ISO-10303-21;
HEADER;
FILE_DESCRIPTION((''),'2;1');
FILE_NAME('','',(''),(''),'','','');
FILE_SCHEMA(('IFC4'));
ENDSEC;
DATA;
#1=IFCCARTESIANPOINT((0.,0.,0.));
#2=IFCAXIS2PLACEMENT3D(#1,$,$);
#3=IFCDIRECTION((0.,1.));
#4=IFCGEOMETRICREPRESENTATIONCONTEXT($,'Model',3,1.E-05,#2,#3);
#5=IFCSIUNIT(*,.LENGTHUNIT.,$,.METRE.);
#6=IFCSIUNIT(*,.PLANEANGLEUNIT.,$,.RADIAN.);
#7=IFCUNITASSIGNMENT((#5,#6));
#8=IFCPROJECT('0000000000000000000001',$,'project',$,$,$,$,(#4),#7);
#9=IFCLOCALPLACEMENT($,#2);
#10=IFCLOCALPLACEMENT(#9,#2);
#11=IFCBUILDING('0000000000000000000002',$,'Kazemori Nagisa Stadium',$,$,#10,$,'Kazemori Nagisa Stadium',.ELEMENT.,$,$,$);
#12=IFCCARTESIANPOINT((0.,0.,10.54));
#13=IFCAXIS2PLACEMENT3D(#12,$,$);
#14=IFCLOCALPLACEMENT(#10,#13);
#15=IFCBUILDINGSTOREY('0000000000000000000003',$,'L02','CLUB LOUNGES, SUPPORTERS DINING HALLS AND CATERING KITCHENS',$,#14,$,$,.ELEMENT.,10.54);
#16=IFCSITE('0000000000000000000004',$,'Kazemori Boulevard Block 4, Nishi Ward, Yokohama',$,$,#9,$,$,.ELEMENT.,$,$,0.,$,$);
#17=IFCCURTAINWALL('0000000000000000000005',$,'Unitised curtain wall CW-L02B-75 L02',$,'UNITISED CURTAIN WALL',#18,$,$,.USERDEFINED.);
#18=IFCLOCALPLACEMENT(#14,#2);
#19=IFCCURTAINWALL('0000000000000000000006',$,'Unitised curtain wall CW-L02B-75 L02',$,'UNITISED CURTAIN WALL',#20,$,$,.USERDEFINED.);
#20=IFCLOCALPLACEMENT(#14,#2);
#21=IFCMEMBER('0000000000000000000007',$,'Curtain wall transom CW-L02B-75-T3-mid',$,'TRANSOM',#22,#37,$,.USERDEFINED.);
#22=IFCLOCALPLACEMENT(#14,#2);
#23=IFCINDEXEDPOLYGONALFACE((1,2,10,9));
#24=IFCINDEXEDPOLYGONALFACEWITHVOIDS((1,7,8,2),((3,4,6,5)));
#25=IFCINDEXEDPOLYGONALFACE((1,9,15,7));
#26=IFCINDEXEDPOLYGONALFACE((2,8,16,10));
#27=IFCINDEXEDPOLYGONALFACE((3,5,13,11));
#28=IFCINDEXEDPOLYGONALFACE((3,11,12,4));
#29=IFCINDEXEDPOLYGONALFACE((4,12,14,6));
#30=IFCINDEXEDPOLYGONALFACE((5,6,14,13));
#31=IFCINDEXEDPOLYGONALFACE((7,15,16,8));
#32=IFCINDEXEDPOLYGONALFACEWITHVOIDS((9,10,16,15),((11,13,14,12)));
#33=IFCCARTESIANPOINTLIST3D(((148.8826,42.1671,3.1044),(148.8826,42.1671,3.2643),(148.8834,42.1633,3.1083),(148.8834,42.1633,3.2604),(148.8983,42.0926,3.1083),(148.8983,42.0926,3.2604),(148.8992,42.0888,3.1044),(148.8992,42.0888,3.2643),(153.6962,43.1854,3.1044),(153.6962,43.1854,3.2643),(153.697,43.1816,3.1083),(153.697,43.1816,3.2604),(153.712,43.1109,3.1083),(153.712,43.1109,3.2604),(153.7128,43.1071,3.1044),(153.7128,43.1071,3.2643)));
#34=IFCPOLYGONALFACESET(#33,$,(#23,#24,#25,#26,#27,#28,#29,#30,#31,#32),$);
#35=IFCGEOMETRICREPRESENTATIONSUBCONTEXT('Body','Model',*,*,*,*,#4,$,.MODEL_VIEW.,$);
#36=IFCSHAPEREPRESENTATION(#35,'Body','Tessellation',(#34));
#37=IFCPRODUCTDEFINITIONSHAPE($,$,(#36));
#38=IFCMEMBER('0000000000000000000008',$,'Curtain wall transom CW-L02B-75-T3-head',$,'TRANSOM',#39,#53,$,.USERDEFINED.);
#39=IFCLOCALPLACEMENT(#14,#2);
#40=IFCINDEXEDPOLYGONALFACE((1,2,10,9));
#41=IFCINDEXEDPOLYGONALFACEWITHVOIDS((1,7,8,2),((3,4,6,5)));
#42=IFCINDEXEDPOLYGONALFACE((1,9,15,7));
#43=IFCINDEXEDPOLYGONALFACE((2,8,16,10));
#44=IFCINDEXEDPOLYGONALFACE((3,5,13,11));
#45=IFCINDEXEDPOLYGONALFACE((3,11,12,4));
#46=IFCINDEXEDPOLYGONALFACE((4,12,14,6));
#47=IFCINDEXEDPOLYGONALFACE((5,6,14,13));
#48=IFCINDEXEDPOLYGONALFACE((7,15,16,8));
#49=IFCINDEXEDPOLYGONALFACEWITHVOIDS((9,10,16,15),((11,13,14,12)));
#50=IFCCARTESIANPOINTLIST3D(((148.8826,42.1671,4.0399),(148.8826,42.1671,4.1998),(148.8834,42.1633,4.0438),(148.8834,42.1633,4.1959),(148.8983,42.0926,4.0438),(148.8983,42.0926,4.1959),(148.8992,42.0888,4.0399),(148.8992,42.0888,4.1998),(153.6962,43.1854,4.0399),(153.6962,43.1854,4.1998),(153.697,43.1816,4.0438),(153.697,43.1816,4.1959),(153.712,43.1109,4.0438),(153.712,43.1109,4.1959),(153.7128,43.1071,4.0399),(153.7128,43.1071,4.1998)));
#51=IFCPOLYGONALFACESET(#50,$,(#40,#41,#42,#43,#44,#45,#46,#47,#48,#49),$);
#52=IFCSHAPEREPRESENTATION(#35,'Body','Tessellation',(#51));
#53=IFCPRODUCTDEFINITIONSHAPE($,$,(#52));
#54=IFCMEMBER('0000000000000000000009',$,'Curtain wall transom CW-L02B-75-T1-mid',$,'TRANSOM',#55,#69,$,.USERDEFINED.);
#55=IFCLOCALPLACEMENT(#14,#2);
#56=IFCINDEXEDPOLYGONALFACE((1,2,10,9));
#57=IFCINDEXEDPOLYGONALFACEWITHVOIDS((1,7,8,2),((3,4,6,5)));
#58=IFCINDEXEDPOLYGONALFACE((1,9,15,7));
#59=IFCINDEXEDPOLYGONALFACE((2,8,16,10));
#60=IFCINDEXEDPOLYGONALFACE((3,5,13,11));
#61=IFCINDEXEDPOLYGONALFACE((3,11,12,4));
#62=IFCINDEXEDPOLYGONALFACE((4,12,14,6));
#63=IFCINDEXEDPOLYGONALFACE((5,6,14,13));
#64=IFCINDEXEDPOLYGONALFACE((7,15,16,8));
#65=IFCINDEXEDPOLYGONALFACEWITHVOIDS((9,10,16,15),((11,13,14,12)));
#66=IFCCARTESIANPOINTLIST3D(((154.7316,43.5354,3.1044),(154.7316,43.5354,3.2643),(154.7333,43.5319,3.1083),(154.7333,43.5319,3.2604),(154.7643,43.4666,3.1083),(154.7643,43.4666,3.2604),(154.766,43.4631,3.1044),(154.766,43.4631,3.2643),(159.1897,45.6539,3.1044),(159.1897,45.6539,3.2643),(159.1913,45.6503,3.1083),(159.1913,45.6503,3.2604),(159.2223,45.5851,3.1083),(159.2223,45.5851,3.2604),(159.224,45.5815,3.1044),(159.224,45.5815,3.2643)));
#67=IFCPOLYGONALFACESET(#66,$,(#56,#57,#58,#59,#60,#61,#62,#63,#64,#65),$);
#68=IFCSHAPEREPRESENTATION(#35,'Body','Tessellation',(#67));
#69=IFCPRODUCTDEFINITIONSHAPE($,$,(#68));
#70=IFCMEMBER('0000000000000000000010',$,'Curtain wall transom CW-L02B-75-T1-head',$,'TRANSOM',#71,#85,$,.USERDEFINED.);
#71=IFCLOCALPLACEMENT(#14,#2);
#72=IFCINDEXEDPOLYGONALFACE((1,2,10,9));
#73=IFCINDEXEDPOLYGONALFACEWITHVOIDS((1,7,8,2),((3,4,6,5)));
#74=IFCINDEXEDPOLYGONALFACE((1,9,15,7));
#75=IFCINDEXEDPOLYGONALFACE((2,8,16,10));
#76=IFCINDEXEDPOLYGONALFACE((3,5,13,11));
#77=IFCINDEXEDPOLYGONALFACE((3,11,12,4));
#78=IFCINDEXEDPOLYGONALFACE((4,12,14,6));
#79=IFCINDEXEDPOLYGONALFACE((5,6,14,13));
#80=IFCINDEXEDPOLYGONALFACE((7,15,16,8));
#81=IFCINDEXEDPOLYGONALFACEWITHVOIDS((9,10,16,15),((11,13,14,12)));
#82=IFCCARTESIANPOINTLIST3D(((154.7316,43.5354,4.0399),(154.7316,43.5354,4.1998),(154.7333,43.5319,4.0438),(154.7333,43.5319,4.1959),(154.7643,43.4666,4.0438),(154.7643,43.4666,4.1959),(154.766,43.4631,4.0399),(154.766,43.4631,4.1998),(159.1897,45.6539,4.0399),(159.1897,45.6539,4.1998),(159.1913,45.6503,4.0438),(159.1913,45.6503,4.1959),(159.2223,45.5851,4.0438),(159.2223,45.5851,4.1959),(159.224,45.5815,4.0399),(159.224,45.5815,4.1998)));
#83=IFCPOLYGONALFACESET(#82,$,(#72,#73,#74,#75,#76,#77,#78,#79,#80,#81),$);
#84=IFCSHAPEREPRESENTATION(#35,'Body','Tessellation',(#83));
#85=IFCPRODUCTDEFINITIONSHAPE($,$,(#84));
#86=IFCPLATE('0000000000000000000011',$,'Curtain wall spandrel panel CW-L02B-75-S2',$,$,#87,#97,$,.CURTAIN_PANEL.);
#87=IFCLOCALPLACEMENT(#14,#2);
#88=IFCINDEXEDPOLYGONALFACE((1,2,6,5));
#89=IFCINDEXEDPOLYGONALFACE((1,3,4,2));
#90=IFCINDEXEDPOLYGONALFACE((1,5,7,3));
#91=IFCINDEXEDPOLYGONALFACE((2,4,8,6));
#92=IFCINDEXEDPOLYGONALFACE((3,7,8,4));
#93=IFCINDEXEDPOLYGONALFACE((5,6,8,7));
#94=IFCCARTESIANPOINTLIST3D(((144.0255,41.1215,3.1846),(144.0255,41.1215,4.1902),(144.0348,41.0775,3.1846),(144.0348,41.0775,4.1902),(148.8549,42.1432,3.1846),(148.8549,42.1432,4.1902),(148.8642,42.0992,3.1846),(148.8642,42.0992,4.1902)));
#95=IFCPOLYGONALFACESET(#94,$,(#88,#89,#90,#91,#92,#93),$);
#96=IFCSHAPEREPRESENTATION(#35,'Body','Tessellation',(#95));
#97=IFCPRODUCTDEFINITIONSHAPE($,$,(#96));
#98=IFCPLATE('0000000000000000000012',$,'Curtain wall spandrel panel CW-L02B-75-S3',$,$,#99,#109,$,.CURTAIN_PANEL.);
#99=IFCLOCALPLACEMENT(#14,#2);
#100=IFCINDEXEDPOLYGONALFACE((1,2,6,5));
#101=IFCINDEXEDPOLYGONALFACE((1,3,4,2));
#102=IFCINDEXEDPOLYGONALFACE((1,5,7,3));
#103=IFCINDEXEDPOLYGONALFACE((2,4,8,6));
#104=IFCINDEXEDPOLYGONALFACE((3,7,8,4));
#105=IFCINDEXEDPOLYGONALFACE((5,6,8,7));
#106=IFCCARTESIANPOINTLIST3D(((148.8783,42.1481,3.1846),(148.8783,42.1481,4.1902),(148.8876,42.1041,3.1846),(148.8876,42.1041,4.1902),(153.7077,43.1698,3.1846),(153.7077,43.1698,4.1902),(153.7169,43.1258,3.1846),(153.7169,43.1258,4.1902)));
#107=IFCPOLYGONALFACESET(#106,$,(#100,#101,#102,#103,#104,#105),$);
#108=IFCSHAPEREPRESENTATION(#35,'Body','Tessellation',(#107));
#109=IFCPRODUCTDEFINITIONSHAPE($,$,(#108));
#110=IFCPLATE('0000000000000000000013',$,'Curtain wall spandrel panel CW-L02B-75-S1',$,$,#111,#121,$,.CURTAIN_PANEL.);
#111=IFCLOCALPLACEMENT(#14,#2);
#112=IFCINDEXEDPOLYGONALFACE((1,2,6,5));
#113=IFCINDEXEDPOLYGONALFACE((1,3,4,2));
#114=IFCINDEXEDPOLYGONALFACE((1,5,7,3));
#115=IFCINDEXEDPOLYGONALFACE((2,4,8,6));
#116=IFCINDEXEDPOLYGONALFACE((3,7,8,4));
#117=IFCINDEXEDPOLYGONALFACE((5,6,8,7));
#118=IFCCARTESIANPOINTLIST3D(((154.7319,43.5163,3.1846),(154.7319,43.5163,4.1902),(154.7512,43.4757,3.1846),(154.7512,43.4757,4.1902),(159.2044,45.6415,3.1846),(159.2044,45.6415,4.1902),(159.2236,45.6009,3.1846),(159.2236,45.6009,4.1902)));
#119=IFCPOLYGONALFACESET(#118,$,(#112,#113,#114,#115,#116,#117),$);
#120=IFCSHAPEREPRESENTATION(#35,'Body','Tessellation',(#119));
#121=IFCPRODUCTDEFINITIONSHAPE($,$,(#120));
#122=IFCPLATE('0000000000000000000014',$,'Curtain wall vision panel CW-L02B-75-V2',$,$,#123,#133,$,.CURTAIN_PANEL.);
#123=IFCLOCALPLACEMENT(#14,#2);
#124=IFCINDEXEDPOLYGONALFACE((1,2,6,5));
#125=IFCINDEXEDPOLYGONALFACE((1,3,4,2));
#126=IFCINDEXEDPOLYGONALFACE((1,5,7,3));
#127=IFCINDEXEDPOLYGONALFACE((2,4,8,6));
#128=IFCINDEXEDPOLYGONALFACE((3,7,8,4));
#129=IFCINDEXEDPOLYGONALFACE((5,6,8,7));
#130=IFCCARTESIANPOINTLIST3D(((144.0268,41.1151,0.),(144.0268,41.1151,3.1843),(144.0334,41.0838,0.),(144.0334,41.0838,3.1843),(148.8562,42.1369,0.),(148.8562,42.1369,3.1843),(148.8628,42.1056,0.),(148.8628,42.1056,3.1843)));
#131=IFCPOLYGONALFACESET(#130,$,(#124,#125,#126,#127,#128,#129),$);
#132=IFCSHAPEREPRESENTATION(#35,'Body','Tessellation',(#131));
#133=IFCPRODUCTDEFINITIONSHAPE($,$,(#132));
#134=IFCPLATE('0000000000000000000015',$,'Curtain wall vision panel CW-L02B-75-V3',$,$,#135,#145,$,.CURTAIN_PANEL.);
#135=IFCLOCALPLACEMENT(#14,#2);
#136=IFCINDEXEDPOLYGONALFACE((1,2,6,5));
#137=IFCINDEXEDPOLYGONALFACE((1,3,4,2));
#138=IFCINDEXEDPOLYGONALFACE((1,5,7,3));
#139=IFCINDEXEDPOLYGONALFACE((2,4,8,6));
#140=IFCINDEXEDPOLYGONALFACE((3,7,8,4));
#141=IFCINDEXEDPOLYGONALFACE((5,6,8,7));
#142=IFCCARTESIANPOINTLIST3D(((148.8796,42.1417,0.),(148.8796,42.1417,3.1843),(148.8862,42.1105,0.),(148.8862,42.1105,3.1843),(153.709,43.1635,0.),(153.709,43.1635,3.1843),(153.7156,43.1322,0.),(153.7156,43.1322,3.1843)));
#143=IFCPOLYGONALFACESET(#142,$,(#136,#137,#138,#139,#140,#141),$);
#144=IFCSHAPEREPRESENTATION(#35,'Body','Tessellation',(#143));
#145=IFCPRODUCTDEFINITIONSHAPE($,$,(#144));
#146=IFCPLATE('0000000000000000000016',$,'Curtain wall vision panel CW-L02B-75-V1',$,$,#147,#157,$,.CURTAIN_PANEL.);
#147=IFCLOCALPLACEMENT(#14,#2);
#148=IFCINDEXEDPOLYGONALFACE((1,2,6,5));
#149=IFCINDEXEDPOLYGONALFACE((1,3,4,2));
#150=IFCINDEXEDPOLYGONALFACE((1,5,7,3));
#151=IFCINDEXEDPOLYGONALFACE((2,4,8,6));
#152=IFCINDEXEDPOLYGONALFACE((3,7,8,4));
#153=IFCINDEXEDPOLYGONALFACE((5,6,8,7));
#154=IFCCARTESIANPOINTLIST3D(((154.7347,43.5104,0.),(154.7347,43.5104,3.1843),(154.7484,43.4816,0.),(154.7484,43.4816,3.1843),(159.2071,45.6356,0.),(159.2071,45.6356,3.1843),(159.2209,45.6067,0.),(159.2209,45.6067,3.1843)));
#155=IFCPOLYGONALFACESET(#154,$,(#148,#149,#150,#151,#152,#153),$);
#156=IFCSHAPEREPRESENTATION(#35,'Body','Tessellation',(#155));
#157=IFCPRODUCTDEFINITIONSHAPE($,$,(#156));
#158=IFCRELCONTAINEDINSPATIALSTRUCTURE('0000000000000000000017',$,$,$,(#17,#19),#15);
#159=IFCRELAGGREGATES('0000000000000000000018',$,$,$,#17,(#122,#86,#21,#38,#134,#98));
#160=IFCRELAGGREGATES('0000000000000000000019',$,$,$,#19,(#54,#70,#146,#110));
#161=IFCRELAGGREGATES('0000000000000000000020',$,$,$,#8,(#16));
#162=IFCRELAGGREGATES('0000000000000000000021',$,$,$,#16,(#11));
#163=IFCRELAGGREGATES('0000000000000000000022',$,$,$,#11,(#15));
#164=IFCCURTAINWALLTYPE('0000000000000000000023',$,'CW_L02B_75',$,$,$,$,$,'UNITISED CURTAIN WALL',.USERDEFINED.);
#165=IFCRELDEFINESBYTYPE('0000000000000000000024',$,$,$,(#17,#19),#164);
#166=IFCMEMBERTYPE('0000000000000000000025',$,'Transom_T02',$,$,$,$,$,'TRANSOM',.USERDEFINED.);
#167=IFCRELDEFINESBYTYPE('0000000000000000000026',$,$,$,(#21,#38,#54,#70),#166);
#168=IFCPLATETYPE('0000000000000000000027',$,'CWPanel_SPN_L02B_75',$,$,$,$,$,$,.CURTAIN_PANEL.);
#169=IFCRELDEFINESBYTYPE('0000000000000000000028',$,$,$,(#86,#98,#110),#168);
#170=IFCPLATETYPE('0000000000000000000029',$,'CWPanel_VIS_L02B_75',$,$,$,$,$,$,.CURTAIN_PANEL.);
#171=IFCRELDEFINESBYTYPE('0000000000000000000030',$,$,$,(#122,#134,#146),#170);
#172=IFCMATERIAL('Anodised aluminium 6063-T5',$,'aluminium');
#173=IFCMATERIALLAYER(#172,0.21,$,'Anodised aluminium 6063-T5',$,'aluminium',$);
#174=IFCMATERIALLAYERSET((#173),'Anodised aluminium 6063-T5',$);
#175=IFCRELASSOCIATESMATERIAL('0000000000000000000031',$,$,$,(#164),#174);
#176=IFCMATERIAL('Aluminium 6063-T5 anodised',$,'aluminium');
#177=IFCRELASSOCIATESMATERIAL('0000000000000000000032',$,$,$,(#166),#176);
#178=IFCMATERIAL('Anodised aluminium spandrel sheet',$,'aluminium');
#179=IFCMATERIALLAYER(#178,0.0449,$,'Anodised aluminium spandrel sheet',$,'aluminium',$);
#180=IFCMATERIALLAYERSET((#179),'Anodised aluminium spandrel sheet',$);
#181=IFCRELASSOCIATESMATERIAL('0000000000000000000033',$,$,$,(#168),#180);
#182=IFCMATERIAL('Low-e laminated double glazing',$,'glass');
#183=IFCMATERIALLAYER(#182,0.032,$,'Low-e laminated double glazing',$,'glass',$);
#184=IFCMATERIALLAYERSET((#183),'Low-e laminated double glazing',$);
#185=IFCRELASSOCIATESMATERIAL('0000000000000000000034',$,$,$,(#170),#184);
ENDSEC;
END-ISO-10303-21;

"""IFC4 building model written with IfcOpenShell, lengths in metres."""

from ifc_helpers import new_model, si_unit, direction, frame, origin, origin_2d, place, context, subcontext, project, spatial, rectangle, hollow_rectangle, extrude, material, layer, layer_set, material_profile, profile_set, type_object, element, aggregate, save


model = new_model("IFC4")

# Units and contexts
model_context = context("Model", 3, precision=1e-05, world=origin(), true_north=direction((0.0, 1.0)))
body_context = subcontext(model_context, "Body", "Model", "MODEL_VIEW")
ifc_project = project(units=[si_unit("LENGTHUNIT", "METRE"), si_unit("PLANEANGLEUNIT", "RADIAN")], contexts=[model_context])

# Site, building, storey
site_placement = place(None, origin())
site = spatial("IfcSite", under=ifc_project, at=site_placement, Name="Kazemori Boulevard Block 4, Nishi Ward, Yokohama", CompositionType="ELEMENT", RefElevation=0.0)
building_placement = place(site_placement, origin())
building = spatial("IfcBuilding", under=site, at=building_placement, Name="Kazemori Nagisa Stadium", LongName="Kazemori Nagisa Stadium", CompositionType="ELEMENT")
storey_placement = place(building_placement, frame((0.0, 0.0, 10.54)))
storey = spatial("IfcBuildingStorey", under=building, at=storey_placement, Name="L02", Description="CLUB LOUNGES, SUPPORTERS DINING HALLS AND CATERING KITCHENS", CompositionType="ELEMENT", Elevation=10.54)

# Curtain walls
ifc_material_1 = material(Name="Anodised aluminium 6063-T5", Category="aluminium")
ifc_layer_1 = layer(ifc_material_1, 0.21, Name="Anodised aluminium 6063-T5", Category="aluminium")
ifc_layer_set_1 = layer_set([ifc_layer_1], Name="Anodised aluminium 6063-T5")
curtain_wall_type = type_object("IfcCurtainWallType", Name="CW_L02B_75", ElementType="UNITISED CURTAIN WALL", PredefinedType="USERDEFINED", material=ifc_layer_set_1)
curtain_wall_1_placement = place(storey_placement, origin())
curtain_wall_1 = element("IfcCurtainWall", 1, at=curtain_wall_1_placement, inside=storey, type_object=curtain_wall_type, Name="Unitised curtain wall CW-L02B-75 L02", ObjectType="UNITISED CURTAIN WALL", PredefinedType="USERDEFINED")
ifc_material_2 = material(Name="Aluminium 6063-T5 anodised", Category="aluminium")
curtain_wall_2_placement = place(storey_placement, origin())
curtain_wall_2 = element("IfcCurtainWall", 2, at=curtain_wall_2_placement, inside=storey, type_object=curtain_wall_type, Name="Unitised curtain wall CW-L02B-75 L02", ObjectType="UNITISED CURTAIN WALL", PredefinedType="USERDEFINED")

# Members
ifc_material_profile_1 = material_profile(ifc_material_2, hollow_rectangle(XDim=0.0801, YDim=0.1599, WallThickness=0.0039, at=origin_2d()), Name="ALU-TRAN-80x160x4")
ifc_profile_set_1 = profile_set([ifc_material_profile_1], Name="Aluminium 6063-T5 anodised")
member_type_1 = type_object("IfcMemberType", Name="Transom_T02", ElementType="TRANSOM", PredefinedType="USERDEFINED", material=ifc_profile_set_1)
member_1_placement = place(storey_placement, frame((148.8909, 42.1279, 3.1843), z_axis=(0.978349, 0.206963, 0.0), x_axis=(-0.206963, 0.978349, 0.0)))
member_1 = element("IfcMember", 3, at=member_1_placement, type_object=member_type_1, Name="Curtain wall transom CW-L02B-75-T3-mid", ObjectType="TRANSOM", PredefinedType="USERDEFINED", context=body_context, shape_type="SweptSolid", body=[
    extrude(hollow_rectangle(XDim=0.0801, YDim=0.1599, WallThickness=0.0039, at=origin_2d()), origin(), (0.0, 0.0, 1.0), 4.9202),
])
member_2_placement = place(storey_placement, frame((148.8909, 42.1279, 4.1199), z_axis=(0.978349, 0.206963, 0.0), x_axis=(-0.206963, 0.978349, 0.0)))
member_2 = element("IfcMember", 4, at=member_2_placement, type_object=member_type_1, Name="Curtain wall transom CW-L02B-75-T3-head", ObjectType="TRANSOM", PredefinedType="USERDEFINED", context=body_context, shape_type="SweptSolid", body=[
    extrude(hollow_rectangle(XDim=0.0801, YDim=0.1599, WallThickness=0.0039, at=origin_2d()), origin(), (0.0, 0.0, 1.0), 4.9202),
])
member_3_placement = place(storey_placement, frame((154.7488, 43.4993, 3.1843), z_axis=(0.90321, 0.429198, 0.0), x_axis=(-0.429198, 0.90321, 0.0)))
member_3 = element("IfcMember", 5, at=member_3_placement, type_object=member_type_1, Name="Curtain wall transom CW-L02B-75-T1-mid", ObjectType="TRANSOM", PredefinedType="USERDEFINED", context=body_context, shape_type="SweptSolid", body=[
    extrude(hollow_rectangle(XDim=0.0801, YDim=0.1599, WallThickness=0.0039, at=origin_2d()), origin(), (0.0, 0.0, 1.0), 4.9358),
])
member_4_placement = place(storey_placement, frame((154.7488, 43.4993, 4.1199), z_axis=(0.90321, 0.429198, 0.0), x_axis=(-0.429198, 0.90321, 0.0)))
member_4 = element("IfcMember", 6, at=member_4_placement, type_object=member_type_1, Name="Curtain wall transom CW-L02B-75-T1-head", ObjectType="TRANSOM", PredefinedType="USERDEFINED", context=body_context, shape_type="SweptSolid", body=[
    extrude(hollow_rectangle(XDim=0.0801, YDim=0.1599, WallThickness=0.0039, at=origin_2d()), origin(), (0.0, 0.0, 1.0), 4.9358),
])

# Plates
ifc_material_3 = material(Name="Anodised aluminium spandrel sheet", Category="aluminium")
ifc_layer_2 = layer(ifc_material_3, 0.0449, Name="Anodised aluminium spandrel sheet", Category="aluminium")
ifc_layer_set_2 = layer_set([ifc_layer_2], Name="Anodised aluminium spandrel sheet")
plate_type_1 = type_object("IfcPlateType", Name="CWPanel_SPN_L02B_75", PredefinedType="CURTAIN_PANEL", material=ifc_layer_set_2)
plate_1_placement = place(storey_placement, frame((146.4448, 41.6104, 3.1846), z_axis=(0.0, 0.0, 1.0), x_axis=(0.978345, 0.206981, 0.0)))
plate_1 = element("IfcPlate", 7, at=plate_1_placement, type_object=plate_type_1, Name="Curtain wall spandrel panel CW-L02B-75-S2", PredefinedType="CURTAIN_PANEL", context=body_context, shape_type="SweptSolid", body=[
    extrude(rectangle(XDim=4.9363, YDim=0.0449, at=origin_2d()), origin(), (0.0, 0.0, 1.0), 1.0056),
])
plate_2_placement = place(storey_placement, frame((151.2976, 42.637, 3.1846), z_axis=(0.0, 0.0, 1.0), x_axis=(0.978345, 0.206981, 0.0)))
plate_2 = element("IfcPlate", 8, at=plate_2_placement, type_object=plate_type_1, Name="Curtain wall spandrel panel CW-L02B-75-S3", PredefinedType="CURTAIN_PANEL", context=body_context, shape_type="SweptSolid", body=[
    extrude(rectangle(XDim=4.9363, YDim=0.0449, at=origin_2d()), origin(), (0.0, 0.0, 1.0), 1.0056),
])
plate_3_placement = place(storey_placement, frame((156.9778, 44.5586, 3.1846), z_axis=(0.0, 0.0, 1.0), x_axis=(0.903216, 0.429186, 0.0)))
plate_3 = element("IfcPlate", 9, at=plate_3_placement, type_object=plate_type_1, Name="Curtain wall spandrel panel CW-L02B-75-S1", PredefinedType="CURTAIN_PANEL", context=body_context, shape_type="SweptSolid", body=[
    extrude(rectangle(XDim=4.9517, YDim=0.0449, at=origin_2d()), origin(), (0.0, 0.0, 1.0), 1.0056),
])
ifc_material_4 = material(Name="Low-e laminated double glazing", Category="glass")
ifc_layer_3 = layer(ifc_material_4, 0.032, Name="Low-e laminated double glazing", Category="glass")
ifc_layer_set_3 = layer_set([ifc_layer_3], Name="Low-e laminated double glazing")
plate_type_2 = type_object("IfcPlateType", Name="CWPanel_VIS_L02B_75", PredefinedType="CURTAIN_PANEL", material=ifc_layer_set_3)
plate_4_placement = place(storey_placement, frame((146.4448, 41.6104, 0.0), z_axis=(0.0, 0.0, 1.0), x_axis=(0.978345, 0.206981, 0.0)))
plate_4 = element("IfcPlate", 10, at=plate_4_placement, type_object=plate_type_2, Name="Curtain wall vision panel CW-L02B-75-V2", PredefinedType="CURTAIN_PANEL", context=body_context, shape_type="SweptSolid", body=[
    extrude(rectangle(XDim=4.9363, YDim=0.032, at=origin_2d()), origin(), (0.0, 0.0, 1.0), 3.1843),
])
plate_5_placement = place(storey_placement, frame((151.2976, 42.637, 0.0), z_axis=(0.0, 0.0, 1.0), x_axis=(0.978345, 0.206981, 0.0)))
plate_5 = element("IfcPlate", 11, at=plate_5_placement, type_object=plate_type_2, Name="Curtain wall vision panel CW-L02B-75-V3", PredefinedType="CURTAIN_PANEL", context=body_context, shape_type="SweptSolid", body=[
    extrude(rectangle(XDim=4.9363, YDim=0.032, at=origin_2d()), origin(), (0.0, 0.0, 1.0), 3.1843),
])
aggregate(curtain_wall_1, [plate_4, plate_1, member_1, member_2, plate_5, plate_2])
plate_6_placement = place(storey_placement, frame((156.9778, 44.5586, 0.0), z_axis=(0.0, 0.0, 1.0), x_axis=(0.903216, 0.429186, 0.0)))
plate_6 = element("IfcPlate", 12, at=plate_6_placement, type_object=plate_type_2, Name="Curtain wall vision panel CW-L02B-75-V1", PredefinedType="CURTAIN_PANEL", context=body_context, shape_type="SweptSolid", body=[
    extrude(rectangle(XDim=4.9517, YDim=0.032, at=origin_2d()), origin(), (0.0, 0.0, 1.0), 3.1843),
])
aggregate(curtain_wall_2, [member_3, member_4, plate_6, plate_3])

save(model, "model.ifc")
